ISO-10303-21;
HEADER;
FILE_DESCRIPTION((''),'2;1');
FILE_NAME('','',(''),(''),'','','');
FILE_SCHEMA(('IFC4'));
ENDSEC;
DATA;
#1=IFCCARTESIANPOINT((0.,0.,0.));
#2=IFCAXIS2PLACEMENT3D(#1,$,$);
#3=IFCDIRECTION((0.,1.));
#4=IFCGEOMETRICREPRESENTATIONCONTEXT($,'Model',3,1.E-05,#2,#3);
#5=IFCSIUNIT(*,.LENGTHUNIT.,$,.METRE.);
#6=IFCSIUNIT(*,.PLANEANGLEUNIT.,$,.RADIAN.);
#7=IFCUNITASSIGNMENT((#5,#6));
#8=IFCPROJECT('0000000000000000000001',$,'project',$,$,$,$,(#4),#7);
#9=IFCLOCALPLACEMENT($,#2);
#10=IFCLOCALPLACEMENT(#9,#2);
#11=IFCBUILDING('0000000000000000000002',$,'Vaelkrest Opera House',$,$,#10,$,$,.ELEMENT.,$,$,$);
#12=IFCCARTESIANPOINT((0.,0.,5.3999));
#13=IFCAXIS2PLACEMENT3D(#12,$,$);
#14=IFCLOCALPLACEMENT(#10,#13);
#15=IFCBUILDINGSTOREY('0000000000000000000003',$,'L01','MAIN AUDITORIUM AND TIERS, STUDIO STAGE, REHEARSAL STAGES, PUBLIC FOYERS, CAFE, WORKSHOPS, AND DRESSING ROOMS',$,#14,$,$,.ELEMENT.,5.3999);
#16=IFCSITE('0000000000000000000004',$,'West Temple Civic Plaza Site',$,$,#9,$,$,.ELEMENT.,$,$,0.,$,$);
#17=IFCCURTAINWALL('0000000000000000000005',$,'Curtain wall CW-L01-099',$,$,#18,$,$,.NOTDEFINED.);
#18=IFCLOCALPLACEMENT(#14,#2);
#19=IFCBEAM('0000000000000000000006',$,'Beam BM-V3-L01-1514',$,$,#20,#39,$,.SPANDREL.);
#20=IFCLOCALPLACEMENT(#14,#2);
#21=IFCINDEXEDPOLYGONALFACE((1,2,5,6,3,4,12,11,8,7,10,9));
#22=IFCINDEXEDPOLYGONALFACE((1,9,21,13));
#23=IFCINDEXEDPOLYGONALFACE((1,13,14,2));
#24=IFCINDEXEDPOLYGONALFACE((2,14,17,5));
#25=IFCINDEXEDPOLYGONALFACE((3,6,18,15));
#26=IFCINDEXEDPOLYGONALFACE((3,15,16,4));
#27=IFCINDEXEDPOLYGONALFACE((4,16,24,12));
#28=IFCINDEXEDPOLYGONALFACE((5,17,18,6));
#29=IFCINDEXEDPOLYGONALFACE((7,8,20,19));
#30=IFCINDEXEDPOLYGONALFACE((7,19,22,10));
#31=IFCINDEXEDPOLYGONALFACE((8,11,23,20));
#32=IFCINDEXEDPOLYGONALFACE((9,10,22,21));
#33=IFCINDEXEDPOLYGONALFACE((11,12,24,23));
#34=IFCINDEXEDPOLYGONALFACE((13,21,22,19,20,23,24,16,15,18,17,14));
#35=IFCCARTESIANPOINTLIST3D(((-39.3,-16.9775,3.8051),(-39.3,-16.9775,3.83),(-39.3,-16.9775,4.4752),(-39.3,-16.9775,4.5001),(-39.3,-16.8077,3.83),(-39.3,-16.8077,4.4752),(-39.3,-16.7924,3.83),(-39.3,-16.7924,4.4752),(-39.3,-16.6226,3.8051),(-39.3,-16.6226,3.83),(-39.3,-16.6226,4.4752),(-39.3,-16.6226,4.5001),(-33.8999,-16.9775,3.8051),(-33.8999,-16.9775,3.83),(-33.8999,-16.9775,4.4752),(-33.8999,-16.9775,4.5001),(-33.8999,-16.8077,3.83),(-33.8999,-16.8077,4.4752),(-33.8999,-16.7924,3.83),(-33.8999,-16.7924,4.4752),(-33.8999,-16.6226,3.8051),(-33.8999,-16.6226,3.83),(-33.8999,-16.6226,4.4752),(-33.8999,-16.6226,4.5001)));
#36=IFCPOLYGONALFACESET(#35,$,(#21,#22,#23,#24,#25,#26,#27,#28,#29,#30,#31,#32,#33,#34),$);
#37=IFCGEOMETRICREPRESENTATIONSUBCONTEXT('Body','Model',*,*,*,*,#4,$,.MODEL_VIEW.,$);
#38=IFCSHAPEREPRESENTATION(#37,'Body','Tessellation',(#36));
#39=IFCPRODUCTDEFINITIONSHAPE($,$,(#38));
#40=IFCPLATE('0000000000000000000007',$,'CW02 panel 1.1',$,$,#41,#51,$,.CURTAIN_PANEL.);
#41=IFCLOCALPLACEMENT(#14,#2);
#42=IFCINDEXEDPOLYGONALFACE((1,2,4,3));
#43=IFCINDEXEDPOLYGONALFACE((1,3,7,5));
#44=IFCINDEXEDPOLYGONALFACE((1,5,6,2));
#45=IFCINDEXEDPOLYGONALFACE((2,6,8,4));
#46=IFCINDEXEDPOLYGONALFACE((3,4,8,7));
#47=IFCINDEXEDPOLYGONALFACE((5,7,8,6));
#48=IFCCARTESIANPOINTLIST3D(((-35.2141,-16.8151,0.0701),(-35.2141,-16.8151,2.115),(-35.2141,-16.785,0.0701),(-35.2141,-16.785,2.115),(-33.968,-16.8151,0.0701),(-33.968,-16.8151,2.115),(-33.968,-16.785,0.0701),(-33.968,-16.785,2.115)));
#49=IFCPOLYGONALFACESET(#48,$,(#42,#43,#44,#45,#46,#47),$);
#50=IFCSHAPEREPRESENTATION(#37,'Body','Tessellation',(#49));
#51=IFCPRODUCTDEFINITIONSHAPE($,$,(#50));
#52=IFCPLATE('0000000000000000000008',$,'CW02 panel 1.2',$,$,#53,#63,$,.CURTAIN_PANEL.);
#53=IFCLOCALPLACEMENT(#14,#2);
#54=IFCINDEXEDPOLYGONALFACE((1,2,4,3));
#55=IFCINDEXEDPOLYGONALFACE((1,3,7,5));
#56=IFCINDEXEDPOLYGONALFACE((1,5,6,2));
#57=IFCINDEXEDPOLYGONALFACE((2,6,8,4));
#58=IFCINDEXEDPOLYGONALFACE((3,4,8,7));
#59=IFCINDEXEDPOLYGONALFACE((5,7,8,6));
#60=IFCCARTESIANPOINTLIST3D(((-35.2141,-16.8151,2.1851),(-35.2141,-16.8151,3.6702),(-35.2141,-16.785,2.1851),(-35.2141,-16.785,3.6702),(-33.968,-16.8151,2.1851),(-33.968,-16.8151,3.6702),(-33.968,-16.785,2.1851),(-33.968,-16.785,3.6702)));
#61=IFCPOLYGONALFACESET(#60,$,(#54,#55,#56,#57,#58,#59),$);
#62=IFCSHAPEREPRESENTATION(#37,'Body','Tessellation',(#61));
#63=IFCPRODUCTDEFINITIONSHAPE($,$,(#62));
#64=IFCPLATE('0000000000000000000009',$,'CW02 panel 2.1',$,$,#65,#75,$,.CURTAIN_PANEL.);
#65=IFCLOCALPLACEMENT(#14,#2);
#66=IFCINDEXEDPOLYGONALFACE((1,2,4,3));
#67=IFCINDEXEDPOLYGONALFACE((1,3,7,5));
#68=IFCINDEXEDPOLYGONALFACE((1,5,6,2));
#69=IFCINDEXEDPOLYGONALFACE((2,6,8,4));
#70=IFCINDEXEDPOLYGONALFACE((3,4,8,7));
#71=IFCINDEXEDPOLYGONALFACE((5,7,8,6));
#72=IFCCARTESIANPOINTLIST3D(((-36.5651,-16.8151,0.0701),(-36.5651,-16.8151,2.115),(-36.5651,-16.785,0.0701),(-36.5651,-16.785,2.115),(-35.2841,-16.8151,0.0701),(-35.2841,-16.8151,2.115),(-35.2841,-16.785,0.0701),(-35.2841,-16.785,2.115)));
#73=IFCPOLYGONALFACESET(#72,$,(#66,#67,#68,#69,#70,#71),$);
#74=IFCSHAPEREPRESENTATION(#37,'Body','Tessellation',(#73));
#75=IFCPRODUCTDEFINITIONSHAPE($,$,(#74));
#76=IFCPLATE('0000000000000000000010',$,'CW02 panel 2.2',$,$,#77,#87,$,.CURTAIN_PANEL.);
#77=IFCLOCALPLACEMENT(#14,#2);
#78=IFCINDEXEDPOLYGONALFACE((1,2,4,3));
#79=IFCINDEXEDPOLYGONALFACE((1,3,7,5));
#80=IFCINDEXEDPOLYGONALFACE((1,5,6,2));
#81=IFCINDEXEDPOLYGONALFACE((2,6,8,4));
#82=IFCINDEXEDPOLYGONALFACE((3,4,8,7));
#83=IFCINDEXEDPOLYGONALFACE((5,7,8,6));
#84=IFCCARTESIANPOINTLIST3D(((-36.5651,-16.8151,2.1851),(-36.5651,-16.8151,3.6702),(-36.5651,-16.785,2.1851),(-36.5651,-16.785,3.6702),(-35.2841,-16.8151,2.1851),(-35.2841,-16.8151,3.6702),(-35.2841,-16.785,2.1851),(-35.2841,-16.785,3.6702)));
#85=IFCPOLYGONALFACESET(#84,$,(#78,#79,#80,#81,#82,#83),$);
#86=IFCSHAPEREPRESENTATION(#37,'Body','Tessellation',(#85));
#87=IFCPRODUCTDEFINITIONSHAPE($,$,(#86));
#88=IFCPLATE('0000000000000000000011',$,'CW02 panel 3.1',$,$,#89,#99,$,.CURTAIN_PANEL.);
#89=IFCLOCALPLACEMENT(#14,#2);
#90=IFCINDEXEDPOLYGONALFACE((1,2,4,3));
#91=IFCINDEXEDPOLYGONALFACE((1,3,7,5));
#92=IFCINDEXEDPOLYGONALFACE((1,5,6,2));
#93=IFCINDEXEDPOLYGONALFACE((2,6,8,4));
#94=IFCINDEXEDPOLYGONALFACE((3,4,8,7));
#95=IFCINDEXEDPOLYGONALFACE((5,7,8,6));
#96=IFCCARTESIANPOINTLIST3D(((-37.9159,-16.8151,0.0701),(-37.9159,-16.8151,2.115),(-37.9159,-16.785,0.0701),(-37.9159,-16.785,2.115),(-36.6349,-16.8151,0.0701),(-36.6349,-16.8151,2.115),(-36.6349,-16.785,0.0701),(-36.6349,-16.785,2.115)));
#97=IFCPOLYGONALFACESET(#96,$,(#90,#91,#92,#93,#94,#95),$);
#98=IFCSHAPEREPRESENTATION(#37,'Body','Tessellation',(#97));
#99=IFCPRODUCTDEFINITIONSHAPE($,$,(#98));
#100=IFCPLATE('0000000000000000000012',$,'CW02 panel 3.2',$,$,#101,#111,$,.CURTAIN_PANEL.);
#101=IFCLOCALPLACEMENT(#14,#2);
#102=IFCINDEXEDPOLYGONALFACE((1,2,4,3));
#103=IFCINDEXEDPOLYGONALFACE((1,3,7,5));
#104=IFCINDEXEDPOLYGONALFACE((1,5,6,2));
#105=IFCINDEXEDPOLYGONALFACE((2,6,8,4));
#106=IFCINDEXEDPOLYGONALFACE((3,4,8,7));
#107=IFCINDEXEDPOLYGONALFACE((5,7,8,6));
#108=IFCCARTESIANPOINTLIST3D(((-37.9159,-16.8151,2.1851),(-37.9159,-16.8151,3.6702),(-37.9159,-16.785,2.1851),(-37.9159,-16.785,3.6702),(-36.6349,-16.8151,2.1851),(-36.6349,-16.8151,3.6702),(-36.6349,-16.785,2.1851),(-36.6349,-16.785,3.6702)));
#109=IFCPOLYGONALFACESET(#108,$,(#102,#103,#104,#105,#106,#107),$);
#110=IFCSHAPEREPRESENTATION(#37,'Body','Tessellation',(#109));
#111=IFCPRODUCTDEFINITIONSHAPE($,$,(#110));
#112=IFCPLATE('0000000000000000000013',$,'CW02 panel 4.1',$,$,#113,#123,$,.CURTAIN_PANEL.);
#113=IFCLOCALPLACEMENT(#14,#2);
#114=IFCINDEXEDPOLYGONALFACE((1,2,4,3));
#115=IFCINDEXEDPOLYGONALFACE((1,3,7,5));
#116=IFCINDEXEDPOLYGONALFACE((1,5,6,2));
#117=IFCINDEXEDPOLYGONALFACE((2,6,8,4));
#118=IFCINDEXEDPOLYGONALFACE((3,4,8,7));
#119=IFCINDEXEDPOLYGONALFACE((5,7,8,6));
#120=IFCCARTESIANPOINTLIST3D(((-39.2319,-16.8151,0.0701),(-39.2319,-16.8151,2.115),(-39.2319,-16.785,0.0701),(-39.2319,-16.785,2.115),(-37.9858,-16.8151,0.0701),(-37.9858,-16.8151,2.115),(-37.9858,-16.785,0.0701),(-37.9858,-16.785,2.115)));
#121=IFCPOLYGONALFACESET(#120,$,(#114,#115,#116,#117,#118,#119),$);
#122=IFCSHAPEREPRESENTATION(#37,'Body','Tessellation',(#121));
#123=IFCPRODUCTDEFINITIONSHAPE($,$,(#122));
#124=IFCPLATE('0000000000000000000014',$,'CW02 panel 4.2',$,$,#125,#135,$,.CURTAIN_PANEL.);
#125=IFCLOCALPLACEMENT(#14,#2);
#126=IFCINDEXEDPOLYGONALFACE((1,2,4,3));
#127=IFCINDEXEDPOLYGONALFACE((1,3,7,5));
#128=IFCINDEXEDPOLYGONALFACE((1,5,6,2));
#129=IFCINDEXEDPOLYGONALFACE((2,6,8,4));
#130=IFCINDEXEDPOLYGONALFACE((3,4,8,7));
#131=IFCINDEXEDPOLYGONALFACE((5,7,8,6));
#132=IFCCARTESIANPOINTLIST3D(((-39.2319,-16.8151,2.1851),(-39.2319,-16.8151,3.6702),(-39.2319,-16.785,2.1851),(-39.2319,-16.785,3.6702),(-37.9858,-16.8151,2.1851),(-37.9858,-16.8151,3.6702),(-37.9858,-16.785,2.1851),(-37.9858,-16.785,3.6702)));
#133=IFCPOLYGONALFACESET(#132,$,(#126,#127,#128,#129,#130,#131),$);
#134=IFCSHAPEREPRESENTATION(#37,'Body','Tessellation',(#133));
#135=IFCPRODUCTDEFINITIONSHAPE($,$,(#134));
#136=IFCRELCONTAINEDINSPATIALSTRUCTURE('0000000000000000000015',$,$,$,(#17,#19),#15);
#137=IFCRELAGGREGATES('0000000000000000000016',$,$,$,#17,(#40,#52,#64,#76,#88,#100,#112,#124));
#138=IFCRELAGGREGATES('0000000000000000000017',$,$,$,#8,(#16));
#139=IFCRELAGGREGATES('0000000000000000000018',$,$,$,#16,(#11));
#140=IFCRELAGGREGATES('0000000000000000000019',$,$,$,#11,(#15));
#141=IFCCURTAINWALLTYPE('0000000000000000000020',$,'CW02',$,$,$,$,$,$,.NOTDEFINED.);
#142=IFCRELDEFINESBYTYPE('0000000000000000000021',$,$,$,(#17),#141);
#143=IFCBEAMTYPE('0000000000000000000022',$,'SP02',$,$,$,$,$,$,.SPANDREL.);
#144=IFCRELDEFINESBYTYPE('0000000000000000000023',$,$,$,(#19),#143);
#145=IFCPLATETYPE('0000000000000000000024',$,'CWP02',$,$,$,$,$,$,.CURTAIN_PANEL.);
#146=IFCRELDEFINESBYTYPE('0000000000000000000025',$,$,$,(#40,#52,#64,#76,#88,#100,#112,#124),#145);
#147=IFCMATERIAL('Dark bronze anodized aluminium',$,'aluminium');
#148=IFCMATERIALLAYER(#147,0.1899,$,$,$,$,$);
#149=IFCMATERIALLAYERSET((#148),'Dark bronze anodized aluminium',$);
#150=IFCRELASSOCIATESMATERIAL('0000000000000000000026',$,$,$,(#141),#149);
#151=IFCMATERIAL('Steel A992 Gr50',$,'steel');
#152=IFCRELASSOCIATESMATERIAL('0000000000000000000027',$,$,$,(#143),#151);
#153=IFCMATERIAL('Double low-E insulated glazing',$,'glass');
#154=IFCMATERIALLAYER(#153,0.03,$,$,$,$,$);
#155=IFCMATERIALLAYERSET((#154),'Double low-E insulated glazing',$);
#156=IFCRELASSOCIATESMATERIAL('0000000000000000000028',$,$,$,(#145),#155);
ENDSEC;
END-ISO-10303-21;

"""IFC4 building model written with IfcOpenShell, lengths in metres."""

from ifc_helpers import new_model, si_unit, direction, frame, origin, origin_2d, place, context, subcontext, project, spatial, rectangle, i_section, extrude, material, layer, layer_set, material_profile, profile_set, type_object, element, aggregate, save


model = new_model("IFC4")

# Units and contexts
model_context = context("Model", 3, precision=1e-05, world=origin(), true_north=direction((0.0, 1.0)))
body_context = subcontext(model_context, "Body", "Model", "MODEL_VIEW")
ifc_project = project(units=[si_unit("LENGTHUNIT", "METRE"), si_unit("PLANEANGLEUNIT", "RADIAN")], contexts=[model_context])

# Site, building, storey
site_placement = place(None, origin())
site = spatial("IfcSite", under=ifc_project, at=site_placement, Name="West Temple Civic Plaza Site", CompositionType="ELEMENT", RefElevation=0.0)
building_placement = place(site_placement, origin())
building = spatial("IfcBuilding", under=site, at=building_placement, Name="Vaelkrest Opera House", CompositionType="ELEMENT")
storey_placement = place(building_placement, frame((0.0, 0.0, 5.3999)))
storey = spatial("IfcBuildingStorey", under=building, at=storey_placement, Name="L01", Description="MAIN AUDITORIUM AND TIERS, STUDIO STAGE, REHEARSAL STAGES, PUBLIC FOYERS, CAFE, WORKSHOPS, AND DRESSING ROOMS", CompositionType="ELEMENT", Elevation=5.3999)

# Curtain wall
ifc_material_1 = material(Name="Dark bronze anodized aluminium", Category="aluminium")
ifc_layer_1 = layer(ifc_material_1, 0.1899)
ifc_layer_set_1 = layer_set([ifc_layer_1], Name="Dark bronze anodized aluminium")
curtain_wall_type = type_object("IfcCurtainWallType", Name="CW02", PredefinedType="NOTDEFINED", material=ifc_layer_set_1)
curtain_wall_placement = place(storey_placement, origin())
curtain_wall = element("IfcCurtainWall", 1, at=curtain_wall_placement, inside=storey, type_object=curtain_wall_type, Name="Curtain wall CW-L01-099", PredefinedType="NOTDEFINED")

# Beam
ifc_material_2 = material(Name="Steel A992 Gr50", Category="steel")
ifc_material_profile_1 = material_profile(ifc_material_2, i_section(OverallWidth=0.355, OverallDepth=0.6951, WebThickness=0.0154, FlangeThickness=0.0249, at=origin_2d()), Name="W27X146")
ifc_profile_set_1 = profile_set([ifc_material_profile_1], Name="Steel A992 Gr50")
beam_type_1 = type_object("IfcBeamType", Name="SP02", PredefinedType="SPANDREL", material=ifc_profile_set_1)
beam_1_placement = place(storey_placement, frame((-39.3, -16.8, 4.1526), z_axis=(1.0, 0.0, 0.0), x_axis=(0.0, 1.0, 0.0)))
element("IfcBeam", 2, at=beam_1_placement, inside=storey, type_object=beam_type_1, Name="Beam BM-V3-L01-1514", PredefinedType="SPANDREL", context=body_context, shape_type="SweptSolid", body=[
    extrude(i_section(OverallWidth=0.355, OverallDepth=0.6951, WebThickness=0.0154, FlangeThickness=0.0249, at=origin_2d()), origin(), (0.0, 0.0, 1.0), 5.4001),
])

# Plates
ifc_material_3 = material(Name="Double low-E insulated glazing", Category="glass")
ifc_layer_2 = layer(ifc_material_3, 0.03)
ifc_layer_set_2 = layer_set([ifc_layer_2], Name="Double low-E insulated glazing")
plate_type = type_object("IfcPlateType", Name="CWP02", PredefinedType="CURTAIN_PANEL", material=ifc_layer_set_2)
plate_1_placement = place(storey_placement, frame((-34.5911, -16.8, 0.0701), z_axis=(0.0, 0.0, 1.0), x_axis=(-1.0, 0.0, 0.0)))
plate_1 = element("IfcPlate", 3, at=plate_1_placement, type_object=plate_type, Name="CW02 panel 1.1", PredefinedType="CURTAIN_PANEL", context=body_context, shape_type="SweptSolid", body=[
    extrude(rectangle(XDim=1.2461, YDim=0.03, at=origin_2d()), origin(), (0.0, 0.0, 1.0), 2.0449),
])
plate_2_placement = place(storey_placement, frame((-34.5911, -16.8, 2.1851), z_axis=(0.0, 0.0, 1.0), x_axis=(-1.0, 0.0, 0.0)))
plate_2 = element("IfcPlate", 4, at=plate_2_placement, type_object=plate_type, Name="CW02 panel 1.2", PredefinedType="CURTAIN_PANEL", context=body_context, shape_type="SweptSolid", body=[
    extrude(rectangle(XDim=1.2461, YDim=0.03, at=origin_2d()), origin(), (0.0, 0.0, 1.0), 1.4851),
])
plate_3_placement = place(storey_placement, frame((-35.9246, -16.8, 0.0701), z_axis=(0.0, 0.0, 1.0), x_axis=(-1.0, 0.0, 0.0)))
plate_3 = element("IfcPlate", 5, at=plate_3_placement, type_object=plate_type, Name="CW02 panel 2.1", PredefinedType="CURTAIN_PANEL", context=body_context, shape_type="SweptSolid", body=[
    extrude(rectangle(XDim=1.281, YDim=0.03, at=origin_2d()), origin(), (0.0, 0.0, 1.0), 2.0449),
])
plate_4_placement = place(storey_placement, frame((-35.9246, -16.8, 2.1851), z_axis=(0.0, 0.0, 1.0), x_axis=(-1.0, 0.0, 0.0)))
plate_4 = element("IfcPlate", 6, at=plate_4_placement, type_object=plate_type, Name="CW02 panel 2.2", PredefinedType="CURTAIN_PANEL", context=body_context, shape_type="SweptSolid", body=[
    extrude(rectangle(XDim=1.281, YDim=0.03, at=origin_2d()), origin(), (0.0, 0.0, 1.0), 1.4851),
])
plate_5_placement = place(storey_placement, frame((-37.2754, -16.8, 0.0701), z_axis=(0.0, 0.0, 1.0), x_axis=(-1.0, 0.0, 0.0)))
plate_5 = element("IfcPlate", 7, at=plate_5_placement, type_object=plate_type, Name="CW02 panel 3.1", PredefinedType="CURTAIN_PANEL", context=body_context, shape_type="SweptSolid", body=[
    extrude(rectangle(XDim=1.281, YDim=0.03, at=origin_2d()), origin(), (0.0, 0.0, 1.0), 2.0449),
])
plate_6_placement = place(storey_placement, frame((-37.2754, -16.8, 2.1851), z_axis=(0.0, 0.0, 1.0), x_axis=(-1.0, 0.0, 0.0)))
plate_6 = element("IfcPlate", 8, at=plate_6_placement, type_object=plate_type, Name="CW02 panel 3.2", PredefinedType="CURTAIN_PANEL", context=body_context, shape_type="SweptSolid", body=[
    extrude(rectangle(XDim=1.281, YDim=0.03, at=origin_2d()), origin(), (0.0, 0.0, 1.0), 1.4851),
])
plate_7_placement = place(storey_placement, frame((-38.6089, -16.8, 0.0701), z_axis=(0.0, 0.0, 1.0), x_axis=(-1.0, 0.0, 0.0)))
plate_7 = element("IfcPlate", 9, at=plate_7_placement, type_object=plate_type, Name="CW02 panel 4.1", PredefinedType="CURTAIN_PANEL", context=body_context, shape_type="SweptSolid", body=[
    extrude(rectangle(XDim=1.2461, YDim=0.03, at=origin_2d()), origin(), (0.0, 0.0, 1.0), 2.0449),
])
plate_8_placement = place(storey_placement, frame((-38.6089, -16.8, 2.1851), z_axis=(0.0, 0.0, 1.0), x_axis=(-1.0, 0.0, 0.0)))
plate_8 = element("IfcPlate", 10, at=plate_8_placement, type_object=plate_type, Name="CW02 panel 4.2", PredefinedType="CURTAIN_PANEL", context=body_context, shape_type="SweptSolid", body=[
    extrude(rectangle(XDim=1.2461, YDim=0.03, at=origin_2d()), origin(), (0.0, 0.0, 1.0), 1.4851),
])
aggregate(curtain_wall, [plate_1, plate_2, plate_3, plate_4, plate_5, plate_6, plate_7, plate_8])

save(model, "model.ifc")
